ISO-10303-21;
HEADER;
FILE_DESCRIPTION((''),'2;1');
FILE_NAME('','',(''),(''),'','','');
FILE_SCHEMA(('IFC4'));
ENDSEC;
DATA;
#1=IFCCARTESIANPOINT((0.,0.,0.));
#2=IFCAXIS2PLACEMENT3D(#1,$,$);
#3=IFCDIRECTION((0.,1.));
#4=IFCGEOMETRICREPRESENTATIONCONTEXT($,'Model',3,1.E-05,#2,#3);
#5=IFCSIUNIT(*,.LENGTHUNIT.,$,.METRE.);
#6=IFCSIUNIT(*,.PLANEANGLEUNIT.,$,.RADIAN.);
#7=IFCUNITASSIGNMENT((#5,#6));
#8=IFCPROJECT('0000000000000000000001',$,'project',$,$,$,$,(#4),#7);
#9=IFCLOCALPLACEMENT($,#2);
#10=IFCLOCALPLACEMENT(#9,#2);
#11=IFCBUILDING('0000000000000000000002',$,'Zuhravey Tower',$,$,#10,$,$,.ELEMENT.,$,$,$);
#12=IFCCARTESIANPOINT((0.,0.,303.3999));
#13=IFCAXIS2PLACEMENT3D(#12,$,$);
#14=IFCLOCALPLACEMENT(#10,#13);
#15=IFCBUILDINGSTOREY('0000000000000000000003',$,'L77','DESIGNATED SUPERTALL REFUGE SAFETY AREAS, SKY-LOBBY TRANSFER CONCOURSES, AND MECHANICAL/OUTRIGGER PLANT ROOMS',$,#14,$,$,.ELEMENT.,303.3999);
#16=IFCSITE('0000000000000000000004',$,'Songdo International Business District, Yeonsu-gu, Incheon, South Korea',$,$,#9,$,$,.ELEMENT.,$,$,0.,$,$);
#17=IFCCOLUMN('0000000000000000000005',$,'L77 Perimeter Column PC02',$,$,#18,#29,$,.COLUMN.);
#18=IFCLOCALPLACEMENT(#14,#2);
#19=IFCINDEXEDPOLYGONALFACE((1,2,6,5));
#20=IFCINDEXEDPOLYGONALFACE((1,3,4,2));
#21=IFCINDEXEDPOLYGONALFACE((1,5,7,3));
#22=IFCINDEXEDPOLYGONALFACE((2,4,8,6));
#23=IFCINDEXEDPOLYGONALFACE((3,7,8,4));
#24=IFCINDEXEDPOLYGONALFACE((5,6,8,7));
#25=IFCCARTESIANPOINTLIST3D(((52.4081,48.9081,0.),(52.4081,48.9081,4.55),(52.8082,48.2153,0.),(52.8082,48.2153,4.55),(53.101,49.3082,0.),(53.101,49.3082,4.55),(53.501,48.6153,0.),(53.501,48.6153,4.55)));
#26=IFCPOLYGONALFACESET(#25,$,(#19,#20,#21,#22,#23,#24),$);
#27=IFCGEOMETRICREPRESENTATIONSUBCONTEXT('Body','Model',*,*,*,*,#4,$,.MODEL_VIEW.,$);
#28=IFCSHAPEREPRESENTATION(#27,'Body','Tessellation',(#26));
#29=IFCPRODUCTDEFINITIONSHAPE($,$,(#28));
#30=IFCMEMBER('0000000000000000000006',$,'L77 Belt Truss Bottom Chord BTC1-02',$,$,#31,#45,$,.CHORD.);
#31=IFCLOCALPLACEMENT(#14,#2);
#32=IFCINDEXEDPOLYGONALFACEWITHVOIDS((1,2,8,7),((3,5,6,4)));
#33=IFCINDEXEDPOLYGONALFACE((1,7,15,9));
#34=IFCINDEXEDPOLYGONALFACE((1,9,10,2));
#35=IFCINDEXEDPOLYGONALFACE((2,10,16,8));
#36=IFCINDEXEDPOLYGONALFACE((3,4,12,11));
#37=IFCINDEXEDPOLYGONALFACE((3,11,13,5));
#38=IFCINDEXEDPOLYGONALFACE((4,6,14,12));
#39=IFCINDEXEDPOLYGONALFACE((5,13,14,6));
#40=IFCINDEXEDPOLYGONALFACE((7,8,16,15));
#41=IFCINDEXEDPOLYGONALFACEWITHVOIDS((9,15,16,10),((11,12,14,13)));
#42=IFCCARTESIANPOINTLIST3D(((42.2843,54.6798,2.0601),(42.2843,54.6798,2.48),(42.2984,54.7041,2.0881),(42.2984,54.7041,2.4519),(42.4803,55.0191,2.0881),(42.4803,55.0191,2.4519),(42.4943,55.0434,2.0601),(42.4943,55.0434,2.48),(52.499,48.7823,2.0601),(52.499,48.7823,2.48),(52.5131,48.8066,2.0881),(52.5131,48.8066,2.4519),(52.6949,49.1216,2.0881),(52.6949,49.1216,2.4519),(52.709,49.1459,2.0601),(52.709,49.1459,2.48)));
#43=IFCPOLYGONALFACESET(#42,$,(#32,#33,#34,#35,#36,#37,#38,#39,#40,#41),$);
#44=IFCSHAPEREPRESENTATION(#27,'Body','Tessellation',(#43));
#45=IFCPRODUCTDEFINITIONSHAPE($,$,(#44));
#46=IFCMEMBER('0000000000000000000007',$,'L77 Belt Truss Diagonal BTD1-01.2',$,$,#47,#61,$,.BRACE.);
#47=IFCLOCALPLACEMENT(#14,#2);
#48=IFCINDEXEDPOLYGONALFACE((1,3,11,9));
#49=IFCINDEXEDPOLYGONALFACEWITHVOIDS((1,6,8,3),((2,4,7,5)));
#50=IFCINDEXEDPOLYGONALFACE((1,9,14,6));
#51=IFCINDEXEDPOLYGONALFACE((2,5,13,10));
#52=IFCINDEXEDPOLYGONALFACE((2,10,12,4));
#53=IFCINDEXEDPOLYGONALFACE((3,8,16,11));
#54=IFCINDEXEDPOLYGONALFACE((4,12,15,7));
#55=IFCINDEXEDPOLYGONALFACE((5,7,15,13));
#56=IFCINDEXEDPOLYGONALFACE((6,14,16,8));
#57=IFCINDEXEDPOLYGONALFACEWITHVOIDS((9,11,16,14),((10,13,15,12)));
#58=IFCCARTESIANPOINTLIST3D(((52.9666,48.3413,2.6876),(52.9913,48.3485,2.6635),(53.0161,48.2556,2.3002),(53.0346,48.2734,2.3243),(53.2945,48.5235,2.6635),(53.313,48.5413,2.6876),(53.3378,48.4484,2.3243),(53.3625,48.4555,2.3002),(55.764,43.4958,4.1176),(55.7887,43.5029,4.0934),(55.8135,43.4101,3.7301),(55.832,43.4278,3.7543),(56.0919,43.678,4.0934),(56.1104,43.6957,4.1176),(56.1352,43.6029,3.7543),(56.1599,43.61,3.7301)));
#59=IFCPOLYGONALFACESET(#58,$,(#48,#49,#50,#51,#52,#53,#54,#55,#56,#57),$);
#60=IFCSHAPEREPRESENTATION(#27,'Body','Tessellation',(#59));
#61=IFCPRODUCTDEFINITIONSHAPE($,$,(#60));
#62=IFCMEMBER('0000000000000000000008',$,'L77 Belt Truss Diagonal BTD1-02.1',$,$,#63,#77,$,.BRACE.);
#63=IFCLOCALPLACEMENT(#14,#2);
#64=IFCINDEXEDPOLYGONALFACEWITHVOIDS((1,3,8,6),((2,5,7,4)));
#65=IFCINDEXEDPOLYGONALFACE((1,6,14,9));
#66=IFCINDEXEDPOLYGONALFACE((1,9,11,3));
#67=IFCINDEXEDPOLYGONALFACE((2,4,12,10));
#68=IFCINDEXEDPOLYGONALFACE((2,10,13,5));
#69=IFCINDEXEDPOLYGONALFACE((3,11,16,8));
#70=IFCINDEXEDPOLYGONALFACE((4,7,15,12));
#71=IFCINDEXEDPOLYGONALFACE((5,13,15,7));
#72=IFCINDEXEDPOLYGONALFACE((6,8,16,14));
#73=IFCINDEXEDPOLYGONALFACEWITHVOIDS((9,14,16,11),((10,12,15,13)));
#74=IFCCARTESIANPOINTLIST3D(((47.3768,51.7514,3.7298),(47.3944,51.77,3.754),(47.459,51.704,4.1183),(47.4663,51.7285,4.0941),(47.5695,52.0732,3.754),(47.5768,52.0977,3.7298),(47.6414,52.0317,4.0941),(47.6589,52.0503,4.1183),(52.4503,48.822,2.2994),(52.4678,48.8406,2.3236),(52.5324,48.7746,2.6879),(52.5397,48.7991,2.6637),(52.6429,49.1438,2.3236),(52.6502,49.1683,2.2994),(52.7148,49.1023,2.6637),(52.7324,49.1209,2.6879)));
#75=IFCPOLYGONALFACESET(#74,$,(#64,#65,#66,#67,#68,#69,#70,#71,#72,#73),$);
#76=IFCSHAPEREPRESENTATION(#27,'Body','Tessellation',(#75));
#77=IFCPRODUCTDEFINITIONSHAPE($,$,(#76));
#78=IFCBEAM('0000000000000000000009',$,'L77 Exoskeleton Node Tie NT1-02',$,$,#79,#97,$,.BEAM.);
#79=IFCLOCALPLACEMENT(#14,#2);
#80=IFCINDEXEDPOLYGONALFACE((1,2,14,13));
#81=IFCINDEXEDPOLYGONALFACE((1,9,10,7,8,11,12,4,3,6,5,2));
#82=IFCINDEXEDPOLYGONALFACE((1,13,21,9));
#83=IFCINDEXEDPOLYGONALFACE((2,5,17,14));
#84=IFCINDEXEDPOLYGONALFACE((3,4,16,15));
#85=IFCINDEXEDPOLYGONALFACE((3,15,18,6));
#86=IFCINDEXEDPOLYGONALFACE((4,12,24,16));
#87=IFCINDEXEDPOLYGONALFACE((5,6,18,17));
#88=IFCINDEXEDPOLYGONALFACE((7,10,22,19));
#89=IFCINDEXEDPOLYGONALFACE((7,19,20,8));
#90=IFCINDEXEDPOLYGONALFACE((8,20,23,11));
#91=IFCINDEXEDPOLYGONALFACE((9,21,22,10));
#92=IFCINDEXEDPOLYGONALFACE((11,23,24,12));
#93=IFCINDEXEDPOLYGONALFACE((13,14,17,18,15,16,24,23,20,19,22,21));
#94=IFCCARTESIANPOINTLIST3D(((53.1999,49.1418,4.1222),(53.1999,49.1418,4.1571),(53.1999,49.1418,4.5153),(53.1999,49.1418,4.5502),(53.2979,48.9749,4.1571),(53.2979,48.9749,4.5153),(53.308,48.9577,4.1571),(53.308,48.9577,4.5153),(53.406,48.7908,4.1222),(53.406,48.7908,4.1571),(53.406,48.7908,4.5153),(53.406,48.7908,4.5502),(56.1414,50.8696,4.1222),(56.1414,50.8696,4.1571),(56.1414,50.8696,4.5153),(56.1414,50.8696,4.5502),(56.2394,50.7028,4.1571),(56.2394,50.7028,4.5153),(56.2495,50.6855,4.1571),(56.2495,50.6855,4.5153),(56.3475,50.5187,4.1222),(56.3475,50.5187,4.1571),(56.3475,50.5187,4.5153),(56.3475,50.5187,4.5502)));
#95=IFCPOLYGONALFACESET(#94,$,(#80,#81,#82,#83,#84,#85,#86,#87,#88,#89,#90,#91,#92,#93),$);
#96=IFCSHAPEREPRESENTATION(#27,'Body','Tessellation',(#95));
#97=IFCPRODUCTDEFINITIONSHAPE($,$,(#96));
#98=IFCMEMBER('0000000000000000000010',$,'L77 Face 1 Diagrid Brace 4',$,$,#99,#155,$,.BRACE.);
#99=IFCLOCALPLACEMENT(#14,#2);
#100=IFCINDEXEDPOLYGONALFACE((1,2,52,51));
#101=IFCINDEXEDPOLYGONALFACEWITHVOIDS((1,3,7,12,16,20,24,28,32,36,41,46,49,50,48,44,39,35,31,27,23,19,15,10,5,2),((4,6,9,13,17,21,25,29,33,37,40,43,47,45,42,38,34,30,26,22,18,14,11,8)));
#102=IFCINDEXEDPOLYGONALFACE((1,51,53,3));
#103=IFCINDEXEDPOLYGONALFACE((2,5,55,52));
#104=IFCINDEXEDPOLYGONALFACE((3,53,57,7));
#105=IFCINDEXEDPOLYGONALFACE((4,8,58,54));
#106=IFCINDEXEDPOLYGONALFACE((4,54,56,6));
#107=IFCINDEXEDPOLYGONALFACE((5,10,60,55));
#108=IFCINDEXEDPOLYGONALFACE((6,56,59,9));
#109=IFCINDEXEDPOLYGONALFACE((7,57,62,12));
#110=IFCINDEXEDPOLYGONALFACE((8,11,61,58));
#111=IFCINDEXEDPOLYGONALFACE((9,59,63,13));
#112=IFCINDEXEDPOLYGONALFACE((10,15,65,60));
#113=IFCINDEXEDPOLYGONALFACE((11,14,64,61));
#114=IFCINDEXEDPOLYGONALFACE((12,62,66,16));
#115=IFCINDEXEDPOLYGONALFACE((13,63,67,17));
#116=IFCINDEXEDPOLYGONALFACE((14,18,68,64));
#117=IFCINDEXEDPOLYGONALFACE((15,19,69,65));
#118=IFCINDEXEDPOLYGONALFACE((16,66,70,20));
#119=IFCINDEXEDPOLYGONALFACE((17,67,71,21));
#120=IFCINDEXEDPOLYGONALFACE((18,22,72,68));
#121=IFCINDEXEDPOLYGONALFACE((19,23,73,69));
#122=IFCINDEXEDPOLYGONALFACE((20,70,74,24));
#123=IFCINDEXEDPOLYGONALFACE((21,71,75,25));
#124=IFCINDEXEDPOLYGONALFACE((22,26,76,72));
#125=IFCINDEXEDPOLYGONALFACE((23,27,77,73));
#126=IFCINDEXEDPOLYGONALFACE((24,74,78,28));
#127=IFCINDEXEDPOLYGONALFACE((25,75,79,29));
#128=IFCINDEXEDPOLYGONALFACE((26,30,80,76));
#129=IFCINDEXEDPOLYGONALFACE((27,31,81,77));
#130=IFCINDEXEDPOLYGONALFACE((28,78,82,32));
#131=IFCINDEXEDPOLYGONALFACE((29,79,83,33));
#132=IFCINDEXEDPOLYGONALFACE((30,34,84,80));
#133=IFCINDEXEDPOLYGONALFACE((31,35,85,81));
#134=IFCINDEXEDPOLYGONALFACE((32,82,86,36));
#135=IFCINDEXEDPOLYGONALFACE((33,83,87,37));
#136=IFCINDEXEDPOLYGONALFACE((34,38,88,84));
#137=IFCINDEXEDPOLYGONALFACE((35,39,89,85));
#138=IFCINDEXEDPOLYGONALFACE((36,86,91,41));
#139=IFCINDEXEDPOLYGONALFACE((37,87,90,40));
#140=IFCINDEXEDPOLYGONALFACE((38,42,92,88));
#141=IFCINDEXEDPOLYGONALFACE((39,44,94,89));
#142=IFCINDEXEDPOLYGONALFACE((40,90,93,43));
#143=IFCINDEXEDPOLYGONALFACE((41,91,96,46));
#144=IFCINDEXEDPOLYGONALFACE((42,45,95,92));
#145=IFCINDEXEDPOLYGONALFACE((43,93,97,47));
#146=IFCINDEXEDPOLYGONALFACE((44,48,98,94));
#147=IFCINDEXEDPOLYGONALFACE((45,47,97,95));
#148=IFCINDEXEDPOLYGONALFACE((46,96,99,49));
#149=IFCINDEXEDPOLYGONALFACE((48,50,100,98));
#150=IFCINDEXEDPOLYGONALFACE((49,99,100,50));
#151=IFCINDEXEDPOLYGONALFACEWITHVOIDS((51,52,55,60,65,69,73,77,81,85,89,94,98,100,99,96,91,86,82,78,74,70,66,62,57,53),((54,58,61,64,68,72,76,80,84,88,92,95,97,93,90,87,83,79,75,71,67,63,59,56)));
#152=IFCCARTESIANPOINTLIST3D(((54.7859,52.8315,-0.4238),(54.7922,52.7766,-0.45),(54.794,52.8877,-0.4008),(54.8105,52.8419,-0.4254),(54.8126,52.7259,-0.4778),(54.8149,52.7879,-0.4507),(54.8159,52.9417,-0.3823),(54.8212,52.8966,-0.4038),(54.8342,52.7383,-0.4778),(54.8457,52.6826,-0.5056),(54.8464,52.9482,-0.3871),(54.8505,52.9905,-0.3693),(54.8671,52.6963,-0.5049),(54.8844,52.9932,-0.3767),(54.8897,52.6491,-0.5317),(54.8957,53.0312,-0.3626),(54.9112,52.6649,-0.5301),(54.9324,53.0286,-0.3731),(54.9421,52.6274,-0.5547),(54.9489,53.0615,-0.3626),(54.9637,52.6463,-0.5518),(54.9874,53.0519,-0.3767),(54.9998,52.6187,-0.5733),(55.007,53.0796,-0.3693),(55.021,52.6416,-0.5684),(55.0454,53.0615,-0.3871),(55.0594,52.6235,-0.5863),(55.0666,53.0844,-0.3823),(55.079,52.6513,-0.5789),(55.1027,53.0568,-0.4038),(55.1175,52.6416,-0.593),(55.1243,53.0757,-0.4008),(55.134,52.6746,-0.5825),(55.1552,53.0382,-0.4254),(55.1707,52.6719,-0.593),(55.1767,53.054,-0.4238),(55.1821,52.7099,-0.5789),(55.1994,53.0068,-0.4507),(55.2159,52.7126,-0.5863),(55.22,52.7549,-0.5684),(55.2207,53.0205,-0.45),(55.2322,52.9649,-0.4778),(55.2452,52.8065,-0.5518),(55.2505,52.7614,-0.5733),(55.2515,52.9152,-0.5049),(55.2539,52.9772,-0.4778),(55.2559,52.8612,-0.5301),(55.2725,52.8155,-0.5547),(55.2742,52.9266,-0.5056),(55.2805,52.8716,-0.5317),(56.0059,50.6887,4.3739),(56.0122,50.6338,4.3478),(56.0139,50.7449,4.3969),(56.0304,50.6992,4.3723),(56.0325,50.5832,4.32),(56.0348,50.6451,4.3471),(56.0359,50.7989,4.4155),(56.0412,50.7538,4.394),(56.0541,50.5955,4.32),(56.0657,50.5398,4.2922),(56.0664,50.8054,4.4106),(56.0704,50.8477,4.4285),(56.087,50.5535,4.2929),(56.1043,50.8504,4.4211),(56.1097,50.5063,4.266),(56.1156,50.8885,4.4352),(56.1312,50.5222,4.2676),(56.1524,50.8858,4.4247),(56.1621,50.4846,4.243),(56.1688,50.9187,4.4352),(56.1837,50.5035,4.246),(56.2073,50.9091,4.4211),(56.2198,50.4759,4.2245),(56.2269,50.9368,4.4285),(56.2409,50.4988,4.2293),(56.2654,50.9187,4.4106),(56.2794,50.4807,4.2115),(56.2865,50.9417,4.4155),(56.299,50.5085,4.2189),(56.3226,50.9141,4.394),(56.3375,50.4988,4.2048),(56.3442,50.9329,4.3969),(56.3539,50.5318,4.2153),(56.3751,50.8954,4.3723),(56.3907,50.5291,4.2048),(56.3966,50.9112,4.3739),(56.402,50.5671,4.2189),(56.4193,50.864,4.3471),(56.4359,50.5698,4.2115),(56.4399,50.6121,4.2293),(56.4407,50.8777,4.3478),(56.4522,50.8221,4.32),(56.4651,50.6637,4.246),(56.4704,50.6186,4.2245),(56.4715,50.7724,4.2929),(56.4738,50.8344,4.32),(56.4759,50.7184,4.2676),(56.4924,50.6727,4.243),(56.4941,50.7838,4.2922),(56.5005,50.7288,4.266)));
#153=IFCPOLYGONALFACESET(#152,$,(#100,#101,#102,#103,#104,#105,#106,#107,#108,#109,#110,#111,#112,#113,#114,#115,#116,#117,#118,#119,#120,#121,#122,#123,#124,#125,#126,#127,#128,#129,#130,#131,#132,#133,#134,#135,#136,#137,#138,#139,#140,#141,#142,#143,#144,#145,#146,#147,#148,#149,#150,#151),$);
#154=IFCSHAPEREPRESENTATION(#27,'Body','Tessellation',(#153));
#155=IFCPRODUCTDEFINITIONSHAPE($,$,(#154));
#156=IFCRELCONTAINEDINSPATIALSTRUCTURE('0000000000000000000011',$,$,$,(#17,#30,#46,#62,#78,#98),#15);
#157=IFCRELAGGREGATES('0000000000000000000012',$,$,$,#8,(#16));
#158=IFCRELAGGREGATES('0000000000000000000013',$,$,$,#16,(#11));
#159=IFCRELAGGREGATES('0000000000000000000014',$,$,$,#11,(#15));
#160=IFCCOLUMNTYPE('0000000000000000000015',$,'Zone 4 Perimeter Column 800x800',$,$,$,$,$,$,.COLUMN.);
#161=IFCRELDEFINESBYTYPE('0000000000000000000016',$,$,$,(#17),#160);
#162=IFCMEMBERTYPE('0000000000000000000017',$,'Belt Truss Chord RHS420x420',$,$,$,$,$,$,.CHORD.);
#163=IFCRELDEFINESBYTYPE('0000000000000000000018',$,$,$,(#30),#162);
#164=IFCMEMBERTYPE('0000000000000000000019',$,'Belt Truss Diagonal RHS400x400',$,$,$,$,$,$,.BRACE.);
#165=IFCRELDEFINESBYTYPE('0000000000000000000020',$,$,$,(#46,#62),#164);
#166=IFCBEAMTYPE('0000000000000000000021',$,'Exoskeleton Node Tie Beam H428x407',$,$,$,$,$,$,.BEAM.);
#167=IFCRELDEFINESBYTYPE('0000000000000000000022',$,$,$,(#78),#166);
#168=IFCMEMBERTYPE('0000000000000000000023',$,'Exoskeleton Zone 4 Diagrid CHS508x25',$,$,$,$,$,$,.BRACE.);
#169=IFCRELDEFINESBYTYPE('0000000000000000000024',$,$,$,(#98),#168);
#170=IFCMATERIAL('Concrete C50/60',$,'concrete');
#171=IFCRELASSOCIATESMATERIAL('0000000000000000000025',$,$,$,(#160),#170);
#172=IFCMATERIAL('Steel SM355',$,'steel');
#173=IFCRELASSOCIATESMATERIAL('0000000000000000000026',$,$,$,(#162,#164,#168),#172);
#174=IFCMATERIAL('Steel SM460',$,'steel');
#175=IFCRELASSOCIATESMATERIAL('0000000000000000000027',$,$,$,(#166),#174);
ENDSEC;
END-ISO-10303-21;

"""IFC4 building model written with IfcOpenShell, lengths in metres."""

from ifc_helpers import new_model, si_unit, direction, frame, origin, origin_2d, place, context, subcontext, project, spatial, rectangle, hollow_rectangle, hollow_circle, i_section, extrude, material, material_profile, profile_set, type_object, element, save


model = new_model("IFC4")

# Units and contexts
model_context = context("Model", 3, precision=1e-05, world=origin(), true_north=direction((0.0, 1.0)))
body_context = subcontext(model_context, "Body", "Model", "MODEL_VIEW")
ifc_project = project(units=[si_unit("LENGTHUNIT", "METRE"), si_unit("PLANEANGLEUNIT", "RADIAN")], contexts=[model_context])

# Site, building, storey
site_placement = place(None, origin())
site = spatial("IfcSite", under=ifc_project, at=site_placement, Name="Songdo International Business District, Yeonsu-gu, Incheon, South Korea", CompositionType="ELEMENT", RefElevation=0.0)
building_placement = place(site_placement, origin())
building = spatial("IfcBuilding", under=site, at=building_placement, Name="Zuhravey Tower", CompositionType="ELEMENT")
storey_placement = place(building_placement, frame((0.0, 0.0, 303.3999)))
storey = spatial("IfcBuildingStorey", under=building, at=storey_placement, Name="L77", Description="DESIGNATED SUPERTALL REFUGE SAFETY AREAS, SKY-LOBBY TRANSFER CONCOURSES, AND MECHANICAL/OUTRIGGER PLANT ROOMS", CompositionType="ELEMENT", Elevation=303.3999)

# Column
ifc_material_1 = material(Name="Concrete C50/60", Category="concrete")
ifc_material_profile_1 = material_profile(ifc_material_1, rectangle(XDim=0.8, YDim=0.8, at=origin_2d()), Name="RC-800x800")
ifc_profile_set_1 = profile_set([ifc_material_profile_1], Name="Concrete C50/60")
column_type = type_object("IfcColumnType", Name="Zone 4 Perimeter Column 800x800", PredefinedType="COLUMN", material=ifc_profile_set_1)
column_placement = place(storey_placement, frame((52.9546, 48.7617, 0.0), z_axis=(0.0, 0.0, 1.0), x_axis=(-0.5, 0.866025, 0.0)))
element("IfcColumn", 1, at=column_placement, inside=storey, type_object=column_type, Name="L77 Perimeter Column PC02", PredefinedType="COLUMN", context=body_context, shape_type="SweptSolid", body=[
    extrude(rectangle(XDim=0.8, YDim=0.8, at=origin_2d()), origin(), (0.0, 0.0, 1.0), 4.55),
])

# Members
ifc_material_2 = material(Name="Steel SM355", Category="steel")
ifc_material_profile_2 = material_profile(ifc_material_2, hollow_rectangle(XDim=0.4199, YDim=0.4199, WallThickness=0.0281, at=origin_2d()), Name="RHS-420x420x28")
ifc_profile_set_2 = profile_set([ifc_material_profile_2], Name="Steel SM355")
member_type_1 = type_object("IfcMemberType", Name="Belt Truss Chord RHS420x420", PredefinedType="CHORD", material=ifc_profile_set_2)
member_1_placement = place(storey_placement, frame((52.604, 48.9641, 2.27), z_axis=(-0.866023, 0.500004, 0.0), x_axis=(-0.500004, -0.866023, 0.0)))
element("IfcMember", 2, at=member_1_placement, inside=storey, type_object=member_type_1, Name="L77 Belt Truss Bottom Chord BTC1-02", PredefinedType="CHORD", context=body_context, shape_type="SweptSolid", body=[
    extrude(hollow_rectangle(XDim=0.4199, YDim=0.4199, WallThickness=0.0281, at=origin_2d()), origin(), (0.0, 0.0, 1.0), 11.7949),
])
ifc_material_profile_3 = material_profile(ifc_material_2, hollow_rectangle(XDim=0.3999, YDim=0.3999, WallThickness=0.0249, at=origin_2d()), Name="RHS-400x400x25")
ifc_profile_set_3 = profile_set([ifc_material_profile_3], Name="Steel SM355")
member_type_2 = type_object("IfcMemberType", Name="Belt Truss Diagonal RHS400x400", PredefinedType="BRACE", material=ifc_profile_set_3)
member_2_placement = place(storey_placement, frame((53.1646, 48.3984, 2.4939), z_axis=(0.484408, -0.839068, 0.247615), x_axis=(0.866038, 0.499978, 0.0)))
element("IfcMember", 3, at=member_2_placement, inside=storey, type_object=member_type_2, Name="L77 Belt Truss Diagonal BTD1-01.2", PredefinedType="BRACE", context=body_context, shape_type="SweptSolid", body=[
    extrude(hollow_rectangle(XDim=0.3999, YDim=0.3999, WallThickness=0.0249, at=origin_2d()), origin(), (0.0, 0.0, 1.0), 5.7749),
])
member_3_placement = place(storey_placement, frame((52.5913, 48.9714, 2.4937), z_axis=(-0.841292, 0.485764, 0.237194), x_axis=(-0.500034, -0.866006, 0.0)))
element("IfcMember", 4, at=member_3_placement, inside=storey, type_object=member_type_2, Name="L77 Belt Truss Diagonal BTD1-02.1", PredefinedType="BRACE", context=body_context, shape_type="SweptSolid", body=[
    extrude(hollow_rectangle(XDim=0.3999, YDim=0.3999, WallThickness=0.0249, at=origin_2d()), origin(), (0.0, 0.0, 1.0), 6.0305),
])

# Beam
ifc_material_3 = material(Name="Steel SM460", Category="steel")
ifc_material_profile_4 = material_profile(ifc_material_3, i_section(OverallWidth=0.407, OverallDepth=0.428, WebThickness=0.02, FlangeThickness=0.0349, at=origin_2d()), Name="H-428x407x20x35")
ifc_profile_set_4 = profile_set([ifc_material_profile_4], Name="Steel SM460")
beam_type_1 = type_object("IfcBeamType", Name="Exoskeleton Node Tie Beam H428x407", PredefinedType="BEAM", material=ifc_profile_set_4)
beam_1_placement = place(storey_placement, frame((53.303, 48.9663, 4.3362), z_axis=(0.862249, 0.506485, 0.0), x_axis=(-0.506485, 0.862249, 0.0)))
element("IfcBeam", 5, at=beam_1_placement, inside=storey, type_object=beam_type_1, Name="L77 Exoskeleton Node Tie NT1-02", PredefinedType="BEAM", context=body_context, shape_type="SweptSolid", body=[
    extrude(i_section(OverallWidth=0.407, OverallDepth=0.428, WebThickness=0.02, FlangeThickness=0.0349, at=origin_2d()), origin(), (0.0, 0.0, 1.0), 3.4114),
])

# Member
ifc_material_profile_5 = material_profile(ifc_material_2, hollow_circle(Radius=0.2539, WallThickness=0.0249, at=origin_2d()), Name="CHS-508.0x25")
ifc_profile_set_5 = profile_set([ifc_material_profile_5], Name="Steel SM355")
member_type_3 = type_object("IfcMemberType", Name="Exoskeleton Zone 4 Diagrid CHS508x25", PredefinedType="BRACE", material=ifc_profile_set_5)
member_4_placement = place(storey_placement, frame((55.0332, 52.8516, -0.4778), z_axis=(0.226156, -0.397232, 0.889416), x_axis=(0.869028, 0.494763, 0.0)))
element("IfcMember", 6, at=member_4_placement, inside=storey, type_object=member_type_3, Name="L77 Face 1 Diagrid Brace 4", PredefinedType="BRACE", context=body_context, shape_type="SweptSolid", body=[
    extrude(hollow_circle(Radius=0.2539, WallThickness=0.0249, at=origin_2d()), origin(), (0.0, 0.0, 1.0), 5.3943),
])

save(model, "model.ifc")
